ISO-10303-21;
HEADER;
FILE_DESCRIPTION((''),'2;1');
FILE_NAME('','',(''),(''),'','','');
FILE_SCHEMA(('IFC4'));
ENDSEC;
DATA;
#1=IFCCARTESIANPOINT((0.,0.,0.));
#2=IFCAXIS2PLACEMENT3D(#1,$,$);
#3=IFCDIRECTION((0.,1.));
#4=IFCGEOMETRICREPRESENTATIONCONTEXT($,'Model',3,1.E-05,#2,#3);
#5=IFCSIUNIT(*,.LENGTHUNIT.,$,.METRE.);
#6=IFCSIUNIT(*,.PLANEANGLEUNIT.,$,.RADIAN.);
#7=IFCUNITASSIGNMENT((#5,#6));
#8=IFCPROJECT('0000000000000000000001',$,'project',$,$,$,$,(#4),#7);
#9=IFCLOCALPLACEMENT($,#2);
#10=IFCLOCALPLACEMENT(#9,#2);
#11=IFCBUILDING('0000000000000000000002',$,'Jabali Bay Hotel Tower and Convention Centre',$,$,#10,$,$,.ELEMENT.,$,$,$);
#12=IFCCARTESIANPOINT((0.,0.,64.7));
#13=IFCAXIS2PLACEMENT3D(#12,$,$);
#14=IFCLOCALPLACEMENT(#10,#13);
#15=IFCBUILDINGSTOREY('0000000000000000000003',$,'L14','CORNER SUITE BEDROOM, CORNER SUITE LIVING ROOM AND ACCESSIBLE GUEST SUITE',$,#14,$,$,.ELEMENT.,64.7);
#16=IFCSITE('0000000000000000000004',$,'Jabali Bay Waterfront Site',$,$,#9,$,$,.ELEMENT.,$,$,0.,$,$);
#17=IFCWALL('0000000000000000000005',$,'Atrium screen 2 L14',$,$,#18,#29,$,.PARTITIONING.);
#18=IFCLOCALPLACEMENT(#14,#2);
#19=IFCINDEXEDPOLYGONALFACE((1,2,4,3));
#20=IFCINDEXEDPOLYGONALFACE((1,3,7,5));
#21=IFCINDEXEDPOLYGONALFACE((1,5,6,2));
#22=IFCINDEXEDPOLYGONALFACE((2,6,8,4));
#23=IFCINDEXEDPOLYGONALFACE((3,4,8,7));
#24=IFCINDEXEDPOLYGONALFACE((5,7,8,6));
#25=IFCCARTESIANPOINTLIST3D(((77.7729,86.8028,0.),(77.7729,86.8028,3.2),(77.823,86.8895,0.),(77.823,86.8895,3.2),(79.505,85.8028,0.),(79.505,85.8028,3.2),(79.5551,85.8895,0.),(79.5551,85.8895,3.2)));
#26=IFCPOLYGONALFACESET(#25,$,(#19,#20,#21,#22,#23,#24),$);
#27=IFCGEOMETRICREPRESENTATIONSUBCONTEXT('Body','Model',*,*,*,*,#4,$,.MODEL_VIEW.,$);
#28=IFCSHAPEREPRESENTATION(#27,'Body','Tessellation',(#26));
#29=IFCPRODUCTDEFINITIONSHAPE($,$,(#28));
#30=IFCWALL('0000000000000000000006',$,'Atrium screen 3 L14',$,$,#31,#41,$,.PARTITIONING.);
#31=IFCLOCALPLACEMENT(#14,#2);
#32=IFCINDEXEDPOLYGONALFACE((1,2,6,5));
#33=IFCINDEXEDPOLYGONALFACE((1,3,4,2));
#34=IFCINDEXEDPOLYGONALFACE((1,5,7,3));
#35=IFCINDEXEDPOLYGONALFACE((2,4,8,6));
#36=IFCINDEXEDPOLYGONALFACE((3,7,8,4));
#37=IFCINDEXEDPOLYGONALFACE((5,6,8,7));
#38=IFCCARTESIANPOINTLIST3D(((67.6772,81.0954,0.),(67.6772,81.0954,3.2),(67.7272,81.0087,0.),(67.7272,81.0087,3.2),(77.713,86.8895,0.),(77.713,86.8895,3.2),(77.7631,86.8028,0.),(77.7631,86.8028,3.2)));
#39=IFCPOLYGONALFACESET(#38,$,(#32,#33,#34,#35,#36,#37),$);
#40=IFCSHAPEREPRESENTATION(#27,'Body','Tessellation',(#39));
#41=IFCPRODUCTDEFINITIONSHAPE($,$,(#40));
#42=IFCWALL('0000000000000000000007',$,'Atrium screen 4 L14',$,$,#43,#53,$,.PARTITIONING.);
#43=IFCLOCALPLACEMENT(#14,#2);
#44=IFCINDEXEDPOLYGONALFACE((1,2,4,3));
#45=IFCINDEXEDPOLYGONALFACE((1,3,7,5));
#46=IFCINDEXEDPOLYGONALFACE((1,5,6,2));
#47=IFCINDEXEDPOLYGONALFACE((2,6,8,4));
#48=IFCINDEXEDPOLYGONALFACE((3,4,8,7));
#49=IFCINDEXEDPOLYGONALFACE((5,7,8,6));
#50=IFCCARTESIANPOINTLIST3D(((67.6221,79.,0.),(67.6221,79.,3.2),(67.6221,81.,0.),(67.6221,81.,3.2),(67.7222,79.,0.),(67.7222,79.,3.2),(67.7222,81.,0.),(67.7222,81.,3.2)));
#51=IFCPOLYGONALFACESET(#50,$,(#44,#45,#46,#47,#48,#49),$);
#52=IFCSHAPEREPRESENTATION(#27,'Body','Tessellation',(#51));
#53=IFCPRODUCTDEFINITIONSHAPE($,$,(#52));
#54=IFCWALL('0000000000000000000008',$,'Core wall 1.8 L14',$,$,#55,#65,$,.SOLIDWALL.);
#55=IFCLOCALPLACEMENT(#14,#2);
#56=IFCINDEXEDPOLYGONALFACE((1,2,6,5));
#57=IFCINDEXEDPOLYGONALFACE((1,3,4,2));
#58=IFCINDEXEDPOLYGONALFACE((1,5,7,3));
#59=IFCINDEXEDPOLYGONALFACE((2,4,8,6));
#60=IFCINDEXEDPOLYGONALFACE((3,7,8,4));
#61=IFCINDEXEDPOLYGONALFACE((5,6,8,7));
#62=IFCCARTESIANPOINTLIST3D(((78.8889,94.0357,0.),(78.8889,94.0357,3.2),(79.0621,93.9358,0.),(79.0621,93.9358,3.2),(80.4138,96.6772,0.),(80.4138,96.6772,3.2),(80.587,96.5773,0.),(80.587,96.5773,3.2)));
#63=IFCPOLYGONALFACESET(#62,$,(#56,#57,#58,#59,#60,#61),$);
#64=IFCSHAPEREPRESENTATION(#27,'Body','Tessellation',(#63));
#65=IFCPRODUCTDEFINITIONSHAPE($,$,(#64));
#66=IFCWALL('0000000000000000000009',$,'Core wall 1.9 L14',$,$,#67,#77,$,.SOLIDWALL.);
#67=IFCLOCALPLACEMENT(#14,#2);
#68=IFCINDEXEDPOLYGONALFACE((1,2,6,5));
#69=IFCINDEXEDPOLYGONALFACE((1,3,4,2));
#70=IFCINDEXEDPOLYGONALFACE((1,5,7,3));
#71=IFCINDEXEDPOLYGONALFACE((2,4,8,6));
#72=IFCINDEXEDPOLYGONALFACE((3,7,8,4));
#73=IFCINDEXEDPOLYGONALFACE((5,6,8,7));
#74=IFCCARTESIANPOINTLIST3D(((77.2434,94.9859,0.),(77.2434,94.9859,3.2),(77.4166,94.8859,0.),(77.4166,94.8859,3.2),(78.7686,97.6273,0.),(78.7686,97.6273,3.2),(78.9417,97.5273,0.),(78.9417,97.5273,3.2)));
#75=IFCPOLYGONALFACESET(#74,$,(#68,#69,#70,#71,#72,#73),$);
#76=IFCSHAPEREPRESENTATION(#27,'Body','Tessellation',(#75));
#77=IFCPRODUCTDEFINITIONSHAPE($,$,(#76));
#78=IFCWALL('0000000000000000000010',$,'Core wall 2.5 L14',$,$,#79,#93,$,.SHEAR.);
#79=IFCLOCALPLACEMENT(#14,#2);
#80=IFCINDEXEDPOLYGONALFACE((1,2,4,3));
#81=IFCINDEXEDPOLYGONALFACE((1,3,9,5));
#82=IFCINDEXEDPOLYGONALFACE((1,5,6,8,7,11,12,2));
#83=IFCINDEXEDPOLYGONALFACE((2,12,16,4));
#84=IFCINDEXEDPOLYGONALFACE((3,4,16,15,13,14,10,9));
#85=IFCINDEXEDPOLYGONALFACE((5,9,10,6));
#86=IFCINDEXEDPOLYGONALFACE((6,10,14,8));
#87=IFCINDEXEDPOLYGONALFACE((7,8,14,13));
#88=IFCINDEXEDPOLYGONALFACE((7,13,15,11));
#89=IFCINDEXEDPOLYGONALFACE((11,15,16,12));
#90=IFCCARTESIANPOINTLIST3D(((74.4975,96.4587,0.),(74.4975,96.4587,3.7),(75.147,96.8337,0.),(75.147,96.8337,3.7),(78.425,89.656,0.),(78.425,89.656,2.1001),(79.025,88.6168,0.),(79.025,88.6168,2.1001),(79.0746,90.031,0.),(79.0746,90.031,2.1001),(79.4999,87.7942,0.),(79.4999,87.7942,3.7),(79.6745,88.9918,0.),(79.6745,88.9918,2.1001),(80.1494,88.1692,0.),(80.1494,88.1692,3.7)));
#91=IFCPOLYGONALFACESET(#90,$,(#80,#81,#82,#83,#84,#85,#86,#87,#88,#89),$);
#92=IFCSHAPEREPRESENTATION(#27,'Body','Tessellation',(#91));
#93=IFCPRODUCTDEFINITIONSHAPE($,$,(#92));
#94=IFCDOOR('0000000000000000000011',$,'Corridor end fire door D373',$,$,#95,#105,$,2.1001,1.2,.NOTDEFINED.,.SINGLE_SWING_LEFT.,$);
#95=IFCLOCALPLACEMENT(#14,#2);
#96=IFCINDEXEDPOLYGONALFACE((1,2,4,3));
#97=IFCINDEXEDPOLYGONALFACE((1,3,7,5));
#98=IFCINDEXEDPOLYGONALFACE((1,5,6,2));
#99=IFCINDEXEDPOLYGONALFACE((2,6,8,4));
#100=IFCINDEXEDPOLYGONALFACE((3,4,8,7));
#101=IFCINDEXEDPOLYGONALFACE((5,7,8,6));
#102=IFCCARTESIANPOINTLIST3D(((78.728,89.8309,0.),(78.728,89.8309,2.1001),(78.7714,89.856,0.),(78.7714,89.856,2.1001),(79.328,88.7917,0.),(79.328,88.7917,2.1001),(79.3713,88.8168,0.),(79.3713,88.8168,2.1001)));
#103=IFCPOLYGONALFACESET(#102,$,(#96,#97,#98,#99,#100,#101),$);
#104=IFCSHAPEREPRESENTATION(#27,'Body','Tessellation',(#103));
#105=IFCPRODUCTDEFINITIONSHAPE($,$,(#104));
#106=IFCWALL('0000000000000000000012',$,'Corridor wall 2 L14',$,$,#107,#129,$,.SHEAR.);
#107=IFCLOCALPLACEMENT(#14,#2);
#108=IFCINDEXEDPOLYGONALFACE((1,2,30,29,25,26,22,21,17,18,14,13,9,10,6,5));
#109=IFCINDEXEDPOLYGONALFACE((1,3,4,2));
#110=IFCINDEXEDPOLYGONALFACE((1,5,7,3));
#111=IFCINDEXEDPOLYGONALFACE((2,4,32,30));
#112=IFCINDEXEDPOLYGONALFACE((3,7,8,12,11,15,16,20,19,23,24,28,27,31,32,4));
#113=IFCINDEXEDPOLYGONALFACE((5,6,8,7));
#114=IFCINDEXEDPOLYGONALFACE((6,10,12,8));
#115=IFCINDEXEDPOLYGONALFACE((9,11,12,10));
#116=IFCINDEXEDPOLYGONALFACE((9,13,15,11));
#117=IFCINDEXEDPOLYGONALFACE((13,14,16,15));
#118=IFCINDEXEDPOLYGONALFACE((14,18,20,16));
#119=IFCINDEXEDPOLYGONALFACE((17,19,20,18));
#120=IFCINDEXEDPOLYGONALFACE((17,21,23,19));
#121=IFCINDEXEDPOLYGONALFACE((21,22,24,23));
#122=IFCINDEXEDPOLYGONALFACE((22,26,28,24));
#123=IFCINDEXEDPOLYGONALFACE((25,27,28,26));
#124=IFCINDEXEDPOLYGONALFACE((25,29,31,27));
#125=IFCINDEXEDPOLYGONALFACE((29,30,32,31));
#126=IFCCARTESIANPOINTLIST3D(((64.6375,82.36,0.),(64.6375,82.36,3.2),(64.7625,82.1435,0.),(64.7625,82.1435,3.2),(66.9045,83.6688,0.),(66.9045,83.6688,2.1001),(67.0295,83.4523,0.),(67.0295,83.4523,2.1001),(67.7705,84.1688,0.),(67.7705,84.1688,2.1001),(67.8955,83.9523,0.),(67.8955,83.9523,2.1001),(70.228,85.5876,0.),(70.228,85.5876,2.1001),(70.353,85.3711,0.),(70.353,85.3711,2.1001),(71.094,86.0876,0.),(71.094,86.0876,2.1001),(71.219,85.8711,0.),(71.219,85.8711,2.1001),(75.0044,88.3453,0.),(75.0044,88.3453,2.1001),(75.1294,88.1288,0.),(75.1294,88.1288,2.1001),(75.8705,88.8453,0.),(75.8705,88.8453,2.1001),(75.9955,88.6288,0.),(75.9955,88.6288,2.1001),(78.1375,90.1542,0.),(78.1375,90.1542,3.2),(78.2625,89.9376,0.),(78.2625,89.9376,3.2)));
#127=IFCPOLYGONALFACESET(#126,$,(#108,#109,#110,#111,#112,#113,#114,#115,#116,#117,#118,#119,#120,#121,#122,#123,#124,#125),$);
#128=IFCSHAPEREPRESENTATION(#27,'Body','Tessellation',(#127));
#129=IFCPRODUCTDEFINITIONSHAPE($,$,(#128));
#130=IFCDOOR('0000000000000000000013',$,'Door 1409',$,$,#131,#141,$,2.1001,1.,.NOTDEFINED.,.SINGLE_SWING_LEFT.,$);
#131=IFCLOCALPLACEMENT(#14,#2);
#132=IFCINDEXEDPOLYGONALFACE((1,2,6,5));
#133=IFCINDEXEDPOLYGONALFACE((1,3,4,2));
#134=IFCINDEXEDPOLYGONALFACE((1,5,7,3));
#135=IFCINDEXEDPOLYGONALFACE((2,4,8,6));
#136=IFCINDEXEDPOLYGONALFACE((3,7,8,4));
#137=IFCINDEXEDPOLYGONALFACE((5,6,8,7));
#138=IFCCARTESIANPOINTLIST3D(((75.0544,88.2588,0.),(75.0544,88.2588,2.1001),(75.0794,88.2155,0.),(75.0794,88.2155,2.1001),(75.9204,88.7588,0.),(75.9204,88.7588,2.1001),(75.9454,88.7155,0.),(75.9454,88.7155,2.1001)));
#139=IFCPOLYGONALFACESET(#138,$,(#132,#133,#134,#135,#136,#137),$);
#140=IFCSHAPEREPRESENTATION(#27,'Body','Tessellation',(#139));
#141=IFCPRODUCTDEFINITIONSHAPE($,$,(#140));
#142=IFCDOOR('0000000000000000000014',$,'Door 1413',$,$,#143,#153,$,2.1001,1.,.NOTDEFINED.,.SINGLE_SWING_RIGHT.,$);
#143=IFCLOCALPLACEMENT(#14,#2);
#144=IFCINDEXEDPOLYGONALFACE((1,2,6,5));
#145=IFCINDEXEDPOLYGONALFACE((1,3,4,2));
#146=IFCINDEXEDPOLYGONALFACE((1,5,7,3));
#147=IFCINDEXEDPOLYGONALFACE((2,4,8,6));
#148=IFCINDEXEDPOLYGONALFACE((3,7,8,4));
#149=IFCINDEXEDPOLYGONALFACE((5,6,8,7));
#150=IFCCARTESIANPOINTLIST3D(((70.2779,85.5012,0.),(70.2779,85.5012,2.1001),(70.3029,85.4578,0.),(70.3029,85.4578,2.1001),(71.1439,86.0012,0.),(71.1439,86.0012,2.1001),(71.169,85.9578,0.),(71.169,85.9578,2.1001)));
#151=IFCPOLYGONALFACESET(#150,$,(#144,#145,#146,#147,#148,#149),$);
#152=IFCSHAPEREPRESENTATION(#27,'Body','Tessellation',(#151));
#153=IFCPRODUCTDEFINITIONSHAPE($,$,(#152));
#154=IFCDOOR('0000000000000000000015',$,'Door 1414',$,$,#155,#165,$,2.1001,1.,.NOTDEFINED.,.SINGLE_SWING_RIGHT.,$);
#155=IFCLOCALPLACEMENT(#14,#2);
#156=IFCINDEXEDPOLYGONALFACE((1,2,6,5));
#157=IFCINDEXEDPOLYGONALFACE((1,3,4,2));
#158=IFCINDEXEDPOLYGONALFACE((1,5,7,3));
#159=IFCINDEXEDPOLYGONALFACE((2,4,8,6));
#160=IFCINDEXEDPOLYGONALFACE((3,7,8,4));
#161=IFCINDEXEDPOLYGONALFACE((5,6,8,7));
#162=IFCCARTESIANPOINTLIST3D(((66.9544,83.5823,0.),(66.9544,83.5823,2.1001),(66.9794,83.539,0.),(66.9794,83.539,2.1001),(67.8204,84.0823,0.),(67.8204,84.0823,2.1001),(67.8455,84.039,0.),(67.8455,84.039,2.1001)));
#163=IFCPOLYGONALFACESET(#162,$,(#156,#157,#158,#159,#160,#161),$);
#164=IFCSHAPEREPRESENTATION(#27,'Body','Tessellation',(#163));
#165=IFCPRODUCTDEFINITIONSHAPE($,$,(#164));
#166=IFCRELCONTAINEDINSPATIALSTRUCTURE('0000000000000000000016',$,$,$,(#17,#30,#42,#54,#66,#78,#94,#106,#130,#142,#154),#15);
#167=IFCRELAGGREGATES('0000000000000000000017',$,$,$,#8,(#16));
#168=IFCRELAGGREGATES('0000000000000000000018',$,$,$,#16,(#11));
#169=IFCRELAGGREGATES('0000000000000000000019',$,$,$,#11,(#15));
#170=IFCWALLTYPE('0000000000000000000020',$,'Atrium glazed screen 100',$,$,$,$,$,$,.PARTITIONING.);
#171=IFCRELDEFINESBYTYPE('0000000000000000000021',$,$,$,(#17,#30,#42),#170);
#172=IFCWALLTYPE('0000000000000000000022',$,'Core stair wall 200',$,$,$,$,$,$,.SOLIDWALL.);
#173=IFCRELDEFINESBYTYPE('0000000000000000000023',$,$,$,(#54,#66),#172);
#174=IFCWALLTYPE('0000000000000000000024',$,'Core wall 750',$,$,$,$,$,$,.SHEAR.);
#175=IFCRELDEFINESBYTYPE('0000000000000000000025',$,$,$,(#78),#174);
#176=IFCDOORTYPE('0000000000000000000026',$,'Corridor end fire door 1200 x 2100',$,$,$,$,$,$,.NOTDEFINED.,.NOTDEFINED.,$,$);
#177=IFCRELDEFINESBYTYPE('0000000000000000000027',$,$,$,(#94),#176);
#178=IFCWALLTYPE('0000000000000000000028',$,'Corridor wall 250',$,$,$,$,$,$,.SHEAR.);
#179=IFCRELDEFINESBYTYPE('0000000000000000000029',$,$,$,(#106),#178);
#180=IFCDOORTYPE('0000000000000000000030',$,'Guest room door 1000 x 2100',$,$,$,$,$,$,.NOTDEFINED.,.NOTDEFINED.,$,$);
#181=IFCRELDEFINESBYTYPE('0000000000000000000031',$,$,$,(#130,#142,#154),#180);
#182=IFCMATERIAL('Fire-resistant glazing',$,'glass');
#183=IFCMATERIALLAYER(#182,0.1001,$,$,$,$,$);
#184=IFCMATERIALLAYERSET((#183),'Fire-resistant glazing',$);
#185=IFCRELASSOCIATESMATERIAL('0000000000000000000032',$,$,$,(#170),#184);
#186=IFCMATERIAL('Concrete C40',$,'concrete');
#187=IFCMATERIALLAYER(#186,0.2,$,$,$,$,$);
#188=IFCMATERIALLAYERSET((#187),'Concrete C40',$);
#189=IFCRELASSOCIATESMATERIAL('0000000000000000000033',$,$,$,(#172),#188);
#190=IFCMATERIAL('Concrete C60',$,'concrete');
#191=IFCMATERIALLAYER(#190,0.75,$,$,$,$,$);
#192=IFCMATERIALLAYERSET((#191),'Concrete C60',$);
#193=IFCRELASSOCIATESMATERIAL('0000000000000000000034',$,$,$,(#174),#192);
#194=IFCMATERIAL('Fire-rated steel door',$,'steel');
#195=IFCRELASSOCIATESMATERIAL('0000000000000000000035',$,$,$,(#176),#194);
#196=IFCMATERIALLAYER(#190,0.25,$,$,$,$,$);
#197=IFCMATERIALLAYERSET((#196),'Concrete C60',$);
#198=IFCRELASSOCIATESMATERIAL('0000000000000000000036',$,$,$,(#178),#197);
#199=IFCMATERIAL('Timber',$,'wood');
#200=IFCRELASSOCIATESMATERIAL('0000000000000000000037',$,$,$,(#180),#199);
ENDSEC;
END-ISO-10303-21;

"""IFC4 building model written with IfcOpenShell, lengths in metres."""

from ifc_helpers import new_model, si_unit, direction, frame, frame_2d, origin, place, context, subcontext, project, spatial, rectangle, extrude, material, layer, layer_set, type_object, element, fill, save


model = new_model("IFC4")

# Units and contexts
model_context = context("Model", 3, precision=1e-05, world=origin(), true_north=direction((0.0, 1.0)))
body_context = subcontext(model_context, "Body", "Model", "MODEL_VIEW")
ifc_project = project(units=[si_unit("LENGTHUNIT", "METRE"), si_unit("PLANEANGLEUNIT", "RADIAN")], contexts=[model_context])

# Site, building, storey
site_placement = place(None, origin())
site = spatial("IfcSite", under=ifc_project, at=site_placement, Name="Jabali Bay Waterfront Site", CompositionType="ELEMENT", RefElevation=0.0)
building_placement = place(site_placement, origin())
building = spatial("IfcBuilding", under=site, at=building_placement, Name="Jabali Bay Hotel Tower and Convention Centre", CompositionType="ELEMENT")
storey_placement = place(building_placement, frame((0.0, 0.0, 64.7)))
storey = spatial("IfcBuildingStorey", under=building, at=storey_placement, Name="L14", Description="CORNER SUITE BEDROOM, CORNER SUITE LIVING ROOM AND ACCESSIBLE GUEST SUITE", CompositionType="ELEMENT", Elevation=64.7)

# Walls
ifc_material_1 = material(Name="Fire-resistant glazing", Category="glass")
ifc_layer_1 = layer(ifc_material_1, 0.1001)
ifc_layer_set_1 = layer_set([ifc_layer_1], Name="Fire-resistant glazing")
wall_type_1 = type_object("IfcWallType", Name="Atrium glazed screen 100", PredefinedType="PARTITIONING", material=ifc_layer_set_1)
wall_1_placement = place(storey_placement, frame((79.53, 85.8462, 0.0), z_axis=(0.0, 0.0, 1.0), x_axis=(-0.866041, 0.499973, 0.0)))
element("IfcWall", 1, at=wall_1_placement, inside=storey, type_object=wall_type_1, Name="Atrium screen 2 L14", PredefinedType="PARTITIONING", context=body_context, shape_type="SweptSolid", body=[
    extrude(rectangle(XDim=2.0, YDim=0.1001, at=frame_2d((1.0, 0.0))), origin(), (0.0, 0.0, 1.0), 3.2),
])
wall_2_placement = place(storey_placement, frame((77.738, 86.8462, 0.0), z_axis=(0.0, 0.0, 1.0), x_axis=(-0.866027, -0.499998, 0.0)))
element("IfcWall", 2, at=wall_2_placement, inside=storey, type_object=wall_type_1, Name="Atrium screen 3 L14", PredefinedType="PARTITIONING", context=body_context, shape_type="SweptSolid", body=[
    extrude(rectangle(XDim=11.5884, YDim=0.1001, at=frame_2d((5.7942, 0.0))), origin(), (0.0, 0.0, 1.0), 3.2),
])
wall_3_placement = place(storey_placement, frame((67.6721, 81.0, 0.0), z_axis=(0.0, 0.0, 1.0), x_axis=(0.0, -1.0, 0.0)))
element("IfcWall", 3, at=wall_3_placement, inside=storey, type_object=wall_type_1, Name="Atrium screen 4 L14", PredefinedType="PARTITIONING", context=body_context, shape_type="SweptSolid", body=[
    extrude(rectangle(XDim=2.0, YDim=0.1001, at=frame_2d((1.0, 0.0))), origin(), (0.0, 0.0, 1.0), 3.2),
])
ifc_material_2 = material(Name="Concrete C40", Category="concrete")
ifc_layer_2 = layer(ifc_material_2, 0.2)
ifc_layer_set_2 = layer_set([ifc_layer_2], Name="Concrete C40")
wall_type_2 = type_object("IfcWallType", Name="Core stair wall 200", PredefinedType="SOLIDWALL", material=ifc_layer_set_2)
for number, where, z_axis, x_axis, name in (
    (4, (78.9756, 93.9858, 0.0), (0.0, 0.0, 1.0), (0.499944, 0.866058, 0.0), "Core wall 1.8 L14"),
    (5, (77.3301, 94.936, 0.0), (0.0, 0.0, 1.0), (0.500039, 0.866003, 0.0), "Core wall 1.9 L14"),
):
    element("IfcWall", number, at=place(storey_placement, frame(where, z_axis=z_axis, x_axis=x_axis)), inside=storey, type_object=wall_type_2, Name=name, PredefinedType="SOLIDWALL", context=body_context, shape_type="SweptSolid", body=[
        extrude(rectangle(XDim=3.05, YDim=0.2, at=frame_2d((1.5249, 0.0))), origin(), (0.0, 0.0, 1.0), 3.2),
    ])

# Wall, opening, door
ifc_material_3 = material(Name="Concrete C60", Category="concrete")
ifc_layer_3 = layer(ifc_material_3, 0.75)
ifc_layer_set_3 = layer_set([ifc_layer_3], Name="Concrete C60")
wall_type_3 = type_object("IfcWallType", Name="Core wall 750", PredefinedType="SHEAR", material=ifc_layer_set_3)
wall_4_placement = place(storey_placement, frame((74.8223, 96.6462, 0.0), z_axis=(0.0, 0.0, 1.0), x_axis=(0.499997, -0.866027, 0.0)))
wall_4 = element("IfcWall", 6, at=wall_4_placement, inside=storey, type_object=wall_type_3, Name="Core wall 2.5 L14", PredefinedType="SHEAR", context=body_context, shape_type="SweptSolid", body=[
    extrude(rectangle(XDim=10.0049, YDim=0.75, at=frame_2d((5.0024, 0.0))), origin(), (0.0, 0.0, 1.0), 3.7),
])
opening_1_placement = place(wall_4_placement, frame((7.855, 0.0, 0.0)))
opening_1 = element("IfcOpeningElement", 7, at=opening_1_placement, cuts=wall_4, PredefinedType="OPENING", context=body_context, shape_type="SweptSolid", body=[
    extrude(rectangle(XDim=1.2, YDim=2.1001, at=frame_2d((0.6001, 1.05))), frame((0.0, 0.3855, 0.0), z_axis=(0.0, -1.0, 0.0), x_axis=(1.0, 0.0, 0.0)), (0.0, 0.0, 1.0), 0.771),
])
ifc_material_4 = material(Name="Fire-rated steel door", Category="steel")
door_type_1 = type_object("IfcDoorType", Name="Corridor end fire door 1200 x 2100", OperationType="NOTDEFINED", PredefinedType="NOTDEFINED", material=ifc_material_4)
door_1_placement = place(opening_1_placement, origin())
door_1 = element("IfcDoor", 8, at=door_1_placement, inside=storey, type_object=door_type_1, Name="Corridor end fire door D373", OperationType="SINGLE_SWING_LEFT", OverallHeight=2.1001, OverallWidth=1.2, PredefinedType="NOTDEFINED", context=body_context, shape_type="SweptSolid", body=[
    extrude(rectangle(XDim=1.2, YDim=2.1001, at=frame_2d((0.6001, 1.05))), frame((0.0, 0.0249, 0.0), z_axis=(0.0, -1.0, 0.0), x_axis=(1.0, 0.0, 0.0)), (0.0, 0.0, 1.0), 0.05),
])
fill(opening_1, door_1)

# Wall, openings, doors
ifc_layer_4 = layer(ifc_material_3, 0.25)
ifc_layer_set_4 = layer_set([ifc_layer_4], Name="Concrete C60")
wall_type_4 = type_object("IfcWallType", Name="Corridor wall 250", PredefinedType="SHEAR", material=ifc_layer_set_4)
wall_5_placement = place(storey_placement, frame((78.2, 90.0459, 0.0), z_axis=(0.0, 0.0, 1.0), x_axis=(-0.866026, -0.499998, 0.0)))
wall_5 = element("IfcWall", 9, at=wall_5_placement, inside=storey, type_object=wall_type_4, Name="Corridor wall 2 L14", PredefinedType="SHEAR", context=body_context, shape_type="SweptSolid", body=[
    extrude(rectangle(XDim=15.5884, YDim=0.25, at=frame_2d((7.7942, 0.0))), origin(), (0.0, 0.0, 1.0), 3.2),
])
opening_2_placement = place(wall_5_placement, frame((2.6177, 0.0, 0.0)))
opening_2 = element("IfcOpeningElement", 10, at=opening_2_placement, cuts=wall_5, PredefinedType="OPENING", context=body_context, shape_type="SweptSolid", body=[
    extrude(rectangle(XDim=1.0, YDim=2.1001, at=frame_2d((0.5, 1.05))), frame((0.0, 0.1355, 0.0), z_axis=(0.0, -1.0, 0.0), x_axis=(1.0, 0.0, 0.0)), (0.0, 0.0, 1.0), 0.271),
])
opening_3_placement = place(wall_5_placement, frame((8.1331, 0.0, 0.0)))
opening_3 = element("IfcOpeningElement", 11, at=opening_3_placement, cuts=wall_5, PredefinedType="OPENING", context=body_context, shape_type="SweptSolid", body=[
    extrude(rectangle(XDim=1.0, YDim=2.1001, at=frame_2d((0.5, 1.05))), frame((0.0, 0.1355, 0.0), z_axis=(0.0, -1.0, 0.0), x_axis=(1.0, 0.0, 0.0)), (0.0, 0.0, 1.0), 0.271),
])
opening_4_placement = place(wall_5_placement, frame((11.9707, 0.0, 0.0)))
opening_4 = element("IfcOpeningElement", 12, at=opening_4_placement, cuts=wall_5, PredefinedType="OPENING", context=body_context, shape_type="SweptSolid", body=[
    extrude(rectangle(XDim=1.0, YDim=2.1001, at=frame_2d((0.5, 1.05))), frame((0.0, 0.1355, 0.0), z_axis=(0.0, -1.0, 0.0), x_axis=(1.0, 0.0, 0.0)), (0.0, 0.0, 1.0), 0.271),
])
ifc_material_5 = material(Name="Timber", Category="wood")
door_type_2 = type_object("IfcDoorType", Name="Guest room door 1000 x 2100", OperationType="NOTDEFINED", PredefinedType="NOTDEFINED", material=ifc_material_5)
door_2_placement = place(opening_2_placement, origin())
door_2 = element("IfcDoor", 13, at=door_2_placement, inside=storey, type_object=door_type_2, Name="Door 1409", OperationType="SINGLE_SWING_LEFT", OverallHeight=2.1001, OverallWidth=1.0, PredefinedType="NOTDEFINED", context=body_context, shape_type="SweptSolid", body=[
    extrude(rectangle(XDim=1.0, YDim=2.1001, at=frame_2d((0.5, 1.05))), frame((0.0, 0.0249, 0.0), z_axis=(0.0, -1.0, 0.0), x_axis=(1.0, 0.0, 0.0)), (0.0, 0.0, 1.0), 0.05),
])
fill(opening_2, door_2)
door_3_placement = place(opening_3_placement, origin())
door_3 = element("IfcDoor", 14, at=door_3_placement, inside=storey, type_object=door_type_2, Name="Door 1413", OperationType="SINGLE_SWING_RIGHT", OverallHeight=2.1001, OverallWidth=1.0, PredefinedType="NOTDEFINED", context=body_context, shape_type="SweptSolid", body=[
    extrude(rectangle(XDim=1.0, YDim=2.1001, at=frame_2d((0.5, 1.05))), frame((0.0, 0.0249, 0.0), z_axis=(0.0, -1.0, 0.0), x_axis=(1.0, 0.0, 0.0)), (0.0, 0.0, 1.0), 0.05),
])
fill(opening_3, door_3)
door_4_placement = place(opening_4_placement, origin())
door_4 = element("IfcDoor", 15, at=door_4_placement, inside=storey, type_object=door_type_2, Name="Door 1414", OperationType="SINGLE_SWING_RIGHT", OverallHeight=2.1001, OverallWidth=1.0, PredefinedType="NOTDEFINED", context=body_context, shape_type="SweptSolid", body=[
    extrude(rectangle(XDim=1.0, YDim=2.1001, at=frame_2d((0.5, 1.05))), frame((0.0, 0.0249, 0.0), z_axis=(0.0, -1.0, 0.0), x_axis=(1.0, 0.0, 0.0)), (0.0, 0.0, 1.0), 0.05),
])
fill(opening_4, door_4)

save(model, "model.ifc")
